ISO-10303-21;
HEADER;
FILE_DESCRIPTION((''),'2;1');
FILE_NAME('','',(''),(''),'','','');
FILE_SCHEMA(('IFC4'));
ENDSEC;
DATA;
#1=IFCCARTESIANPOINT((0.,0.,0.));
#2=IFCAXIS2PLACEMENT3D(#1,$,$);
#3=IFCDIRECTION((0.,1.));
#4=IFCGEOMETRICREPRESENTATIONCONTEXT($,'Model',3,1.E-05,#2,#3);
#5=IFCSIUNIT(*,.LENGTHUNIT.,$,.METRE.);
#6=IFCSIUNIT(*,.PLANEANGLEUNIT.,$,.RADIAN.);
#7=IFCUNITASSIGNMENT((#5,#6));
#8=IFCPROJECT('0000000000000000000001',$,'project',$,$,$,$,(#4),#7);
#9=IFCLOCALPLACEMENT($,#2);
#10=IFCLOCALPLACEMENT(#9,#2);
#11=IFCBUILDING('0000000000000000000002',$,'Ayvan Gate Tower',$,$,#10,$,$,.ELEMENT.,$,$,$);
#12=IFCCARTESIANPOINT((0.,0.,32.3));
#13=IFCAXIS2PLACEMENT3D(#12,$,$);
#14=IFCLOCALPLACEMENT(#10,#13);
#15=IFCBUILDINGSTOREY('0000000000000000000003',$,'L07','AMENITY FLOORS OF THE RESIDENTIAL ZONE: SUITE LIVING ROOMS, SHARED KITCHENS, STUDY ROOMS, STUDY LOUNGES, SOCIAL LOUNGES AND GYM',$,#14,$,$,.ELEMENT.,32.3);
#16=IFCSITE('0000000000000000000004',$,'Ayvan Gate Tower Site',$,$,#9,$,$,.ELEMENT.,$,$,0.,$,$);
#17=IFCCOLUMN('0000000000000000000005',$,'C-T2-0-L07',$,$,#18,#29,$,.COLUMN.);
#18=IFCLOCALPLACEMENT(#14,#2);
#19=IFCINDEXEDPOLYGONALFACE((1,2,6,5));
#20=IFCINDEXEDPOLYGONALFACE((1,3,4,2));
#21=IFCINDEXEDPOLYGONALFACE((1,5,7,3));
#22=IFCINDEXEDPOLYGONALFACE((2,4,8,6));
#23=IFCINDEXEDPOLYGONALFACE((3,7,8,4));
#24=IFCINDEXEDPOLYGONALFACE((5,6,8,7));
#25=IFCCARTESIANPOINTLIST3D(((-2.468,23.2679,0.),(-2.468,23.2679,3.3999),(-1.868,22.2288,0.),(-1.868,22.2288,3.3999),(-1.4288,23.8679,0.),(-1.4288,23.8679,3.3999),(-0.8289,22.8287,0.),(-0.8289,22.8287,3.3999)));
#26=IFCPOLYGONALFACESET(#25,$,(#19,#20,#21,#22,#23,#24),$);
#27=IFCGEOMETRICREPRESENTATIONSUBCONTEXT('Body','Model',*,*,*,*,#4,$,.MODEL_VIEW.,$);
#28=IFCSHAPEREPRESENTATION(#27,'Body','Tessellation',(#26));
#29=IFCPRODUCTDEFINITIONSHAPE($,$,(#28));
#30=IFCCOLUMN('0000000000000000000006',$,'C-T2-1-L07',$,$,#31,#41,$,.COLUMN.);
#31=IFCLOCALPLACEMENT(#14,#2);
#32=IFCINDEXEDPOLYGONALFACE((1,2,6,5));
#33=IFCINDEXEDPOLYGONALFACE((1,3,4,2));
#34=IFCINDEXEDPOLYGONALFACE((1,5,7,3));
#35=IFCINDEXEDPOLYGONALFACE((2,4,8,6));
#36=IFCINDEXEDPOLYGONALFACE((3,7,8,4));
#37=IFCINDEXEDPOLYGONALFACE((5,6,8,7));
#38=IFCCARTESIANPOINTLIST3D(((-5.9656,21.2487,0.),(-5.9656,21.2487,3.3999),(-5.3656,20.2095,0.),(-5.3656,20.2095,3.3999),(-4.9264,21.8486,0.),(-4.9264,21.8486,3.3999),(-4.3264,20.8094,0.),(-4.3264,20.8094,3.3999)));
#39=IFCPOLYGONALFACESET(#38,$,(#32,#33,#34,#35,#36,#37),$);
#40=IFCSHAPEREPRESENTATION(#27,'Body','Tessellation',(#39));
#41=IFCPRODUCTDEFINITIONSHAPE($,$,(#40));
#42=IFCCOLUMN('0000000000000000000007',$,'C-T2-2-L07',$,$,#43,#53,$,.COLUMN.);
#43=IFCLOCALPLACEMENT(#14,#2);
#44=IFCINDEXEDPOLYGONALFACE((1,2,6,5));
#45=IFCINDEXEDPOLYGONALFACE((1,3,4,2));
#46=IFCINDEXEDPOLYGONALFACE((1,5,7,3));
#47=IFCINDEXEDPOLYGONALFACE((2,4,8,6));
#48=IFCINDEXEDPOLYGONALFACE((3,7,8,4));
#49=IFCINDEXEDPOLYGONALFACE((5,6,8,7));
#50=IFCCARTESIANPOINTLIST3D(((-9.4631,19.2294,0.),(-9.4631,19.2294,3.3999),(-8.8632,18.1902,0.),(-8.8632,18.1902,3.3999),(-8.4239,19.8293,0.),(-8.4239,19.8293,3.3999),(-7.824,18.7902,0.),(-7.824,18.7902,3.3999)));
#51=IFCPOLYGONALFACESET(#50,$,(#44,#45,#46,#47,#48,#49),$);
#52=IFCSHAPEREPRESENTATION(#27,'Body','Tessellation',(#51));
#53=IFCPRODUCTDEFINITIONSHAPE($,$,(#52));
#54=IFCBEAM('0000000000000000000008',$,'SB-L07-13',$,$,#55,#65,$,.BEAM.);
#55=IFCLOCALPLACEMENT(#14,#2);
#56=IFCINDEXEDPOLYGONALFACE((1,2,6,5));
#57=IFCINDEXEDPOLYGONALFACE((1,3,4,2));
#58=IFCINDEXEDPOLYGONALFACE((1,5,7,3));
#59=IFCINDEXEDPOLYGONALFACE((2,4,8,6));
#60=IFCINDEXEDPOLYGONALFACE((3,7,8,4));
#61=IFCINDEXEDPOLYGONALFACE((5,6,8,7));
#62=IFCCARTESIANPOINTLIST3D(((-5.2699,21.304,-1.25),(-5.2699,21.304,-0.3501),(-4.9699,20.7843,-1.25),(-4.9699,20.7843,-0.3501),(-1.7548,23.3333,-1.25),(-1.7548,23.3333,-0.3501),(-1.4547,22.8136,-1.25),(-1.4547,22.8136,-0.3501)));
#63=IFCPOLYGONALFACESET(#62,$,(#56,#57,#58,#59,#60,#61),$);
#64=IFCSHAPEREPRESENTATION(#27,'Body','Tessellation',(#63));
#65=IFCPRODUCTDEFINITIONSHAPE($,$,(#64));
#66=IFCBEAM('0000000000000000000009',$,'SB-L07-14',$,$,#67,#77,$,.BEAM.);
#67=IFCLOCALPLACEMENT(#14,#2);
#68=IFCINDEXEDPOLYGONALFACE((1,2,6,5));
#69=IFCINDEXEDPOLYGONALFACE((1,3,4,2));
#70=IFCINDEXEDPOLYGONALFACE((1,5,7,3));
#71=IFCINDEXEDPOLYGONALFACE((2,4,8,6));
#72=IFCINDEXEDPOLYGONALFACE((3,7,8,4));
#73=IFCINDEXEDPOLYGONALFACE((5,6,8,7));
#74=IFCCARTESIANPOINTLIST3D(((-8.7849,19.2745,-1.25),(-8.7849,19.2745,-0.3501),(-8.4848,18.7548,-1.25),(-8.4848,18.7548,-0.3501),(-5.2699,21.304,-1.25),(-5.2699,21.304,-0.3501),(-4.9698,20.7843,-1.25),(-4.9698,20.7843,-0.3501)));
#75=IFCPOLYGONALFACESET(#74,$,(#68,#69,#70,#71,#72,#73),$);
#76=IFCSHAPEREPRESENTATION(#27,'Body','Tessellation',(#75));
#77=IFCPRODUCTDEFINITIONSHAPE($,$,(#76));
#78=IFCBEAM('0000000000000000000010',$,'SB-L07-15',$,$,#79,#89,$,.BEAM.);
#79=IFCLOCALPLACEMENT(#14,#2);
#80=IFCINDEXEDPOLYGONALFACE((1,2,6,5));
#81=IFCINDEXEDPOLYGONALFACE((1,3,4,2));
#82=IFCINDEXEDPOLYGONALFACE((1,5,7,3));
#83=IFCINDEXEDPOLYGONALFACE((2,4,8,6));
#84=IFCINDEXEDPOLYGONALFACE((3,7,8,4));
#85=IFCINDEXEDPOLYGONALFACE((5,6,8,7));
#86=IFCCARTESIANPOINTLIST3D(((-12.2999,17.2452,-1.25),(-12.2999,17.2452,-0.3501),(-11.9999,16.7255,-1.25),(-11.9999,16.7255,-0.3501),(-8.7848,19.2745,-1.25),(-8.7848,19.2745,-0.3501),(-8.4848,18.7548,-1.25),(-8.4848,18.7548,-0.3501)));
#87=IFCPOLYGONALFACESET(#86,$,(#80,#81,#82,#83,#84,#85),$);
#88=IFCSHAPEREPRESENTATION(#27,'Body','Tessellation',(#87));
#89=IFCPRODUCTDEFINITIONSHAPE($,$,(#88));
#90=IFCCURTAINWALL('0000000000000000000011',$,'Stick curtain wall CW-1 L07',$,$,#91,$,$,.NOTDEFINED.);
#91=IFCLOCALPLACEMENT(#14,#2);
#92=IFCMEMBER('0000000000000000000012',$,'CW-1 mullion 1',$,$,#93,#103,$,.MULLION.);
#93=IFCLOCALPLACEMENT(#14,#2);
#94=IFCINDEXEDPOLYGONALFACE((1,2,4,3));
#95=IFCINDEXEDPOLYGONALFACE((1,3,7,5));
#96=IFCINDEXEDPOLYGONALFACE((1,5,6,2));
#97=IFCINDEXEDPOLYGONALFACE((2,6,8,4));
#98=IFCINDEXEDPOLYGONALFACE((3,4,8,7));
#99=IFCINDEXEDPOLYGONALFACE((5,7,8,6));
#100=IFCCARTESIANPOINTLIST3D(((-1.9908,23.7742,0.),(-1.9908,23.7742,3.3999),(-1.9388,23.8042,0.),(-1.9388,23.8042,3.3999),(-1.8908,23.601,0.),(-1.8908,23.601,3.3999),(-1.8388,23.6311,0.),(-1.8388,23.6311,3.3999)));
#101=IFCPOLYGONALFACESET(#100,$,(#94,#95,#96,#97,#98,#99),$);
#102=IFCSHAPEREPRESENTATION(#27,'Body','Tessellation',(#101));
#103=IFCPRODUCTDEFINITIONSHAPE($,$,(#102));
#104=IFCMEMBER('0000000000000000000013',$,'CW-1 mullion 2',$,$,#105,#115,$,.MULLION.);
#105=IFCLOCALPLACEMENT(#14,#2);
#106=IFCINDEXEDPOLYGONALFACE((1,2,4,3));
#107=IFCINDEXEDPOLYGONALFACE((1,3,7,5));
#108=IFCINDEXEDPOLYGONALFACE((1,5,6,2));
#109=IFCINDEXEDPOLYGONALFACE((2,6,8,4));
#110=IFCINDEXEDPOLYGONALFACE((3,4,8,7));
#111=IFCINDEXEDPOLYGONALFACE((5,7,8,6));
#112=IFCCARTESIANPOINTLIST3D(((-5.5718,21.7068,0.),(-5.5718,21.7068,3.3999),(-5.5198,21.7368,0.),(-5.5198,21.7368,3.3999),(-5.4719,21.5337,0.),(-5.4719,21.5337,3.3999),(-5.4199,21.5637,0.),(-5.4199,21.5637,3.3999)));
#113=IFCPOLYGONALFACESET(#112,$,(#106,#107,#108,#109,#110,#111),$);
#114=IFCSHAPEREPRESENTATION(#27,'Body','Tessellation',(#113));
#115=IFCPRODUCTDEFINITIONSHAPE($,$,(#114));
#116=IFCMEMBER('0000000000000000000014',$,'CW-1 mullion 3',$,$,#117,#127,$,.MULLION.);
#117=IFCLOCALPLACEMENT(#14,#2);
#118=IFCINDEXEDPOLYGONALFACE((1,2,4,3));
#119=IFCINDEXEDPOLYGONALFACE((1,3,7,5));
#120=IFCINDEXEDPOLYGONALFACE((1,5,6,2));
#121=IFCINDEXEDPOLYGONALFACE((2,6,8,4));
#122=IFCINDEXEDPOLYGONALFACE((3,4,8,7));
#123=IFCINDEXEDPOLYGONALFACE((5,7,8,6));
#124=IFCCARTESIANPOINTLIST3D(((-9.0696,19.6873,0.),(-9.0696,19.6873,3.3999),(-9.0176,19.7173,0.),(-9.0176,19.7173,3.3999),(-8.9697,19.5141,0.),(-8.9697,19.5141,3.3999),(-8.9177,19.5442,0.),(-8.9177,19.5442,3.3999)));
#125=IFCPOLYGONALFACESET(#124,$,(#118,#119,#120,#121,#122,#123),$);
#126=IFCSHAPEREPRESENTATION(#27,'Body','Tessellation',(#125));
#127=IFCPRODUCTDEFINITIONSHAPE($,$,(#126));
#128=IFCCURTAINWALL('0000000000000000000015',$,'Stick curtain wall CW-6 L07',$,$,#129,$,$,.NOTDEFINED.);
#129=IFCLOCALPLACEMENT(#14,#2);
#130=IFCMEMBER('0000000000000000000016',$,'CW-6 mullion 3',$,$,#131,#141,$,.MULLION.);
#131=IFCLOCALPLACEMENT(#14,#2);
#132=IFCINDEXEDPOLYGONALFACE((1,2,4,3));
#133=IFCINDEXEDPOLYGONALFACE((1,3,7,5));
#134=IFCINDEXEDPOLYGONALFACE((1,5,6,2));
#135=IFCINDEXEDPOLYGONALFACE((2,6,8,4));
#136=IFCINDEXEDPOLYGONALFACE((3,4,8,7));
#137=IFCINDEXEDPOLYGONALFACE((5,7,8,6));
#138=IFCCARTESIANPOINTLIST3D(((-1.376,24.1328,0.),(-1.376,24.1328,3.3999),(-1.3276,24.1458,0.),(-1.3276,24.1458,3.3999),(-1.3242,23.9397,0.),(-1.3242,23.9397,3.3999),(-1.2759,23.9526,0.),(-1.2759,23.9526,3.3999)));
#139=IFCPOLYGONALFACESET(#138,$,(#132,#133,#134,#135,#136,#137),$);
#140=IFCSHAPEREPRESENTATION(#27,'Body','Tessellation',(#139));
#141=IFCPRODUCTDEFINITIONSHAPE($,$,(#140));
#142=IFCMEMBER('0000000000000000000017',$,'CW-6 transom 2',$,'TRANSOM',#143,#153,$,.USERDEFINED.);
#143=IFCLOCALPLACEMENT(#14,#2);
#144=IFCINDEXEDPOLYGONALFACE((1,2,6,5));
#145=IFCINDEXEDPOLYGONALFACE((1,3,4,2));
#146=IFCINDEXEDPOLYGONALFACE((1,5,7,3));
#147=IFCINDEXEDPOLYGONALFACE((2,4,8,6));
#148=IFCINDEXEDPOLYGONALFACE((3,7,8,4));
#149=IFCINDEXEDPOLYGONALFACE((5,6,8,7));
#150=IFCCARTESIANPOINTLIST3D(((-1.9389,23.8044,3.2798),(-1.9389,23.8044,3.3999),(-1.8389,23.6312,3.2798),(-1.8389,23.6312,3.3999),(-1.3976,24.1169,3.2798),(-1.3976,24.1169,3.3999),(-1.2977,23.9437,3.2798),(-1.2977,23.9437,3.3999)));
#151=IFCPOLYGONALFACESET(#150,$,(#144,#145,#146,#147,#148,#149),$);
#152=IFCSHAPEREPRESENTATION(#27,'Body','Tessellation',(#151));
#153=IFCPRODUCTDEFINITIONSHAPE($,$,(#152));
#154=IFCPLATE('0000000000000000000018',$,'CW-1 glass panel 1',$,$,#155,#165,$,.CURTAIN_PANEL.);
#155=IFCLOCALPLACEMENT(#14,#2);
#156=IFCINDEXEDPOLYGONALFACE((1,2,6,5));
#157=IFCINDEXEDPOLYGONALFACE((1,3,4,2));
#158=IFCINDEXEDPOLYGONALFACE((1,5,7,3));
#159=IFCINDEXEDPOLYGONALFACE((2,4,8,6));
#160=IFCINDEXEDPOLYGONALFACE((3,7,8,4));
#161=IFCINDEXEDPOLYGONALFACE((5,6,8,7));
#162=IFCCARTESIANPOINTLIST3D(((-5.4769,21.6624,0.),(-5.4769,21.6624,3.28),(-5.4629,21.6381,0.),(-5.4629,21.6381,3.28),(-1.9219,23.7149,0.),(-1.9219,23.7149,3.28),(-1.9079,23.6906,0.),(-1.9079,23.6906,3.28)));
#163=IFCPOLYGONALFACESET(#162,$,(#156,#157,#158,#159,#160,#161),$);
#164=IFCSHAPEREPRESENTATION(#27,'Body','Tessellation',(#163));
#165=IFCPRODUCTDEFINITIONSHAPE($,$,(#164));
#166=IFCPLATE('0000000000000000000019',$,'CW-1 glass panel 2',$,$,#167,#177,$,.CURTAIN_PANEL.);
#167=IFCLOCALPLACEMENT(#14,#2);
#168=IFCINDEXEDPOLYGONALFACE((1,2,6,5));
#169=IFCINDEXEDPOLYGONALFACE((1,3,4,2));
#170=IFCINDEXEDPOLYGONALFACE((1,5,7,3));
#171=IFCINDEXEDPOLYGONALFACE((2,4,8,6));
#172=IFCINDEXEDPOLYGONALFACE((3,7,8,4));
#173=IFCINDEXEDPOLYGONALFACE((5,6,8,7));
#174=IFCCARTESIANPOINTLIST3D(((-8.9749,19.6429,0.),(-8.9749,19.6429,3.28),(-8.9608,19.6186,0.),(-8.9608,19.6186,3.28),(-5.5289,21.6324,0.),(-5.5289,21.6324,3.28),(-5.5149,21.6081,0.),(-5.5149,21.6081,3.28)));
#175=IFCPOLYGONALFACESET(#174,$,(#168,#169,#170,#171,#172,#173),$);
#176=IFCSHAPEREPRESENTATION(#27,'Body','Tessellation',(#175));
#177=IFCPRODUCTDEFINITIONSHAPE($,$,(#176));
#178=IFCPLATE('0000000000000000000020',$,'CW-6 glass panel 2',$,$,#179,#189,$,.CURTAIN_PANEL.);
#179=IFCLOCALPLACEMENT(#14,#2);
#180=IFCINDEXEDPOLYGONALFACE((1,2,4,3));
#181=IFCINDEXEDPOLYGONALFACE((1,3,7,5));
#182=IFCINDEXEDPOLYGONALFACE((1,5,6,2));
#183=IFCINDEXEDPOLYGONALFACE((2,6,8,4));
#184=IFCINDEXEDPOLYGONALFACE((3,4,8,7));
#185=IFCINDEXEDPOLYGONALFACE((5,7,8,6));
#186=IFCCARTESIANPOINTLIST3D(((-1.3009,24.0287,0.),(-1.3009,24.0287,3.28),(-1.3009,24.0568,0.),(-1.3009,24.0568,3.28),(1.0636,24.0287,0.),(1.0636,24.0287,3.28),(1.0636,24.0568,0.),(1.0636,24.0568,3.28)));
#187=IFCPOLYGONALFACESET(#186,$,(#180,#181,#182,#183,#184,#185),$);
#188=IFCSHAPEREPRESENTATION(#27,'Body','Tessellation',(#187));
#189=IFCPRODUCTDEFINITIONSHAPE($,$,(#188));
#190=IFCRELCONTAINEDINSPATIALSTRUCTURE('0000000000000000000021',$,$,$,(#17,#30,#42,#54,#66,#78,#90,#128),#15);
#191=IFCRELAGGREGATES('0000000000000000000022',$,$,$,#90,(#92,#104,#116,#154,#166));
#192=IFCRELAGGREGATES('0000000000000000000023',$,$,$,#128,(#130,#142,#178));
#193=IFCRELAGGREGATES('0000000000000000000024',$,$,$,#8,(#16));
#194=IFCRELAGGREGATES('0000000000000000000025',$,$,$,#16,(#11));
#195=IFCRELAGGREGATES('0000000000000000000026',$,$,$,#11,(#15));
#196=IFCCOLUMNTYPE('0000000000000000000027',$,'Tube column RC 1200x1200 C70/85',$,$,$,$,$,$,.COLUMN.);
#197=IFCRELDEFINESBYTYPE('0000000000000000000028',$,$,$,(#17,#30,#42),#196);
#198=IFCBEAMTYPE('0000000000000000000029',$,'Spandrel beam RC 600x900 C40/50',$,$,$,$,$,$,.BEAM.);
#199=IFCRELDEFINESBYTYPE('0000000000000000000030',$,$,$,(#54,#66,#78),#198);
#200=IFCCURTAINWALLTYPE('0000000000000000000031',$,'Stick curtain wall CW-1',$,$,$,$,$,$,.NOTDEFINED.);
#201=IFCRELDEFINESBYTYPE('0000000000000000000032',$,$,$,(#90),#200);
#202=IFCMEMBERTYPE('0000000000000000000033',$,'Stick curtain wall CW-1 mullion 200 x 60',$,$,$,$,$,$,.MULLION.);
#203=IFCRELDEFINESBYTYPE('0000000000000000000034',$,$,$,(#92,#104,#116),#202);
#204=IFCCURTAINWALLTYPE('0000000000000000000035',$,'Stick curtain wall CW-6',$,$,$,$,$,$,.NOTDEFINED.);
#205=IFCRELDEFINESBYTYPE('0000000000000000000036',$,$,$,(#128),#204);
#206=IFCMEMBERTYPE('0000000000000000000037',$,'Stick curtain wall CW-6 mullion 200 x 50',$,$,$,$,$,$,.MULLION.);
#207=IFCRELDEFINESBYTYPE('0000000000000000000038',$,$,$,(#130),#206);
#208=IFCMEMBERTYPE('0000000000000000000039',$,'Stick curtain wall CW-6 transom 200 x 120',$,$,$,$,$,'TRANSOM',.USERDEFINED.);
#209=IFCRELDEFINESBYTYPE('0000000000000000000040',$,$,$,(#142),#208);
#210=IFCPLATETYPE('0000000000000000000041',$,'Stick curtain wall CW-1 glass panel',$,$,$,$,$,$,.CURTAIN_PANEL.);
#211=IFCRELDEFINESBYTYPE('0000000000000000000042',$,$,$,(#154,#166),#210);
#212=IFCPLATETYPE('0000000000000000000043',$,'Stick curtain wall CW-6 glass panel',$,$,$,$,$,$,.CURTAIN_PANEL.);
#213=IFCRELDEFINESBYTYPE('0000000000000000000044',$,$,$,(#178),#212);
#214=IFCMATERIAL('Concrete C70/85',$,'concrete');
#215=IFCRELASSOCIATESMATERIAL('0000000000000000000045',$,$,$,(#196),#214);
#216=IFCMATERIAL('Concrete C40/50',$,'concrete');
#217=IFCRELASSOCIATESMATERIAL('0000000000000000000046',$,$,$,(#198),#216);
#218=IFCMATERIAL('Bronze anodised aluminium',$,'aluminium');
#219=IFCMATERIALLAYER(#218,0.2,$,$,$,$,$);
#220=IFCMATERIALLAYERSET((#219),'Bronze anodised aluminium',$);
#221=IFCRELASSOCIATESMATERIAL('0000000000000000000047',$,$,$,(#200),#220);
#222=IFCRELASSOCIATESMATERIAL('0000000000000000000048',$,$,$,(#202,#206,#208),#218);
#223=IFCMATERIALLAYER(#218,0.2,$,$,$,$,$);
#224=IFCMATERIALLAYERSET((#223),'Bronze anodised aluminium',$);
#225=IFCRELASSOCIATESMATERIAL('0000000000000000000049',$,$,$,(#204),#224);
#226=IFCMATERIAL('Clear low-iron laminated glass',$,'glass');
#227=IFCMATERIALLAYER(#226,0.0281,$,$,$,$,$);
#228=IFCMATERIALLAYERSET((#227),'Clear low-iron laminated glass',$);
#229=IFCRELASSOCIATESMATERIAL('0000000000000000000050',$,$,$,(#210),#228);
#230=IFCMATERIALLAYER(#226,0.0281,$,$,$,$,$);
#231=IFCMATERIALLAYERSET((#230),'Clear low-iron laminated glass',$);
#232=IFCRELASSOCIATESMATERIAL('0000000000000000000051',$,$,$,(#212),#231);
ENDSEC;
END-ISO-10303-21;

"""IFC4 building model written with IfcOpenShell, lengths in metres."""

from ifc_helpers import new_model, si_unit, direction, frame, origin, origin_2d, place, context, subcontext, project, spatial, rectangle, extrude, material, layer, layer_set, material_profile, profile_set, type_object, element, aggregate, save


model = new_model("IFC4")

# Units and contexts
model_context = context("Model", 3, precision=1e-05, world=origin(), true_north=direction((0.0, 1.0)))
body_context = subcontext(model_context, "Body", "Model", "MODEL_VIEW")
ifc_project = project(units=[si_unit("LENGTHUNIT", "METRE"), si_unit("PLANEANGLEUNIT", "RADIAN")], contexts=[model_context])

# Site, building, storey
site_placement = place(None, origin())
site = spatial("IfcSite", under=ifc_project, at=site_placement, Name="Ayvan Gate Tower Site", CompositionType="ELEMENT", RefElevation=0.0)
building_placement = place(site_placement, origin())
building = spatial("IfcBuilding", under=site, at=building_placement, Name="Ayvan Gate Tower", CompositionType="ELEMENT")
storey_placement = place(building_placement, frame((0.0, 0.0, 32.3)))
storey = spatial("IfcBuildingStorey", under=building, at=storey_placement, Name="L07", Description="AMENITY FLOORS OF THE RESIDENTIAL ZONE: SUITE LIVING ROOMS, SHARED KITCHENS, STUDY ROOMS, STUDY LOUNGES, SOCIAL LOUNGES AND GYM", CompositionType="ELEMENT", Elevation=32.3)

# Columns
ifc_material_1 = material(Name="Concrete C70/85", Category="concrete")
ifc_material_profile_1 = material_profile(ifc_material_1, rectangle(XDim=1.2, YDim=1.2, at=origin_2d()), Name="RC 1200x1200")
ifc_profile_set_1 = profile_set([ifc_material_profile_1], Name="Concrete C70/85")
column_type = type_object("IfcColumnType", Name="Tube column RC 1200x1200 C70/85", PredefinedType="COLUMN", material=ifc_profile_set_1)
for number, where, z_axis, x_axis, name in (
    (1, (-1.6484, 23.0483, 0.0), (0.0, 0.0, 1.0), (-0.5, 0.866025, 0.0), "C-T2-0-L07"),
    (2, (-5.146, 21.0291, 0.0), (0.0, 0.0, 1.0), (-0.5, 0.866025, 0.0), "C-T2-1-L07"),
    (3, (-8.6436, 19.0098, 0.0), (0.0, 0.0, 1.0), (-0.5, 0.866025, 0.0), "C-T2-2-L07"),
):
    element("IfcColumn", number, at=place(storey_placement, frame(where, z_axis=z_axis, x_axis=x_axis)), inside=storey, type_object=column_type, Name=name, PredefinedType="COLUMN", context=body_context, shape_type="SweptSolid", body=[
        extrude(rectangle(XDim=1.2, YDim=1.2, at=origin_2d()), origin(), (0.0, 0.0, 1.0), 3.3999),
    ])

# Beams
ifc_material_2 = material(Name="Concrete C40/50", Category="concrete")
ifc_material_profile_2 = material_profile(ifc_material_2, rectangle(XDim=0.6001, YDim=0.8999, at=origin_2d()), Name="RC 600x900")
ifc_profile_set_2 = profile_set([ifc_material_profile_2], Name="Concrete C40/50")
beam_type = type_object("IfcBeamType", Name="Spandrel beam RC 600x900 C40/50", PredefinedType="BEAM", material=ifc_profile_set_2)
for number, where, z_axis, x_axis, name in (
    (4, (-1.6047, 23.0735, -0.8), (-0.866043, -0.499969, 0.0), (0.499969, -0.866043, 0.0), "SB-L07-13"),
    (5, (-5.1199, 21.0442, -0.8), (-0.866002, -0.50004, 0.0), (0.50004, -0.866002, 0.0), "SB-L07-14"),
    (6, (-8.6348, 19.0146, -0.8), (-0.866043, -0.499969, 0.0), (0.499969, -0.866043, 0.0), "SB-L07-15"),
):
    element("IfcBeam", number, at=place(storey_placement, frame(where, z_axis=z_axis, x_axis=x_axis)), inside=storey, type_object=beam_type, Name=name, PredefinedType="BEAM", context=body_context, shape_type="SweptSolid", body=[
        extrude(rectangle(XDim=0.6001, YDim=0.8999, at=origin_2d()), origin(), (0.0, 0.0, 1.0), 4.0588),
    ])

# Curtain walls, members
ifc_material_3 = material(Name="Bronze anodised aluminium", Category="aluminium")
ifc_layer_1 = layer(ifc_material_3, 0.2)
ifc_layer_set_1 = layer_set([ifc_layer_1], Name="Bronze anodised aluminium")
curtain_wall_type_1 = type_object("IfcCurtainWallType", Name="Stick curtain wall CW-1", PredefinedType="NOTDEFINED", material=ifc_layer_set_1)
curtain_wall_1_placement = place(storey_placement, origin())
curtain_wall_1 = element("IfcCurtainWall", 7, at=curtain_wall_1_placement, inside=storey, type_object=curtain_wall_type_1, Name="Stick curtain wall CW-1 L07", PredefinedType="NOTDEFINED")
ifc_material_profile_3 = material_profile(ifc_material_3, rectangle(XDim=0.2, YDim=0.0601, at=origin_2d()), Name="Stick curtain wall CW-1 mullion 200 x 60")
ifc_profile_set_3 = profile_set([ifc_material_profile_3], Name="Bronze anodised aluminium")
member_type_1 = type_object("IfcMemberType", Name="Stick curtain wall CW-1 mullion 200 x 60", PredefinedType="MULLION", material=ifc_profile_set_3)
member_1_placement = place(storey_placement, frame((-1.9148, 23.7026, 0.0), z_axis=(0.0, 0.0, 1.0), x_axis=(-0.5, 0.866025, 0.0)))
member_1 = element("IfcMember", 8, at=member_1_placement, type_object=member_type_1, Name="CW-1 mullion 1", PredefinedType="MULLION", context=body_context, shape_type="SweptSolid", body=[
    extrude(rectangle(XDim=0.2, YDim=0.0601, at=origin_2d()), origin(), (0.0, 0.0, 1.0), 3.3999),
])
member_2_placement = place(storey_placement, frame((-5.4958, 21.6353, 0.0), z_axis=(0.0, 0.0, 1.0), x_axis=(-0.5, 0.866025, 0.0)))
member_2 = element("IfcMember", 9, at=member_2_placement, type_object=member_type_1, Name="CW-1 mullion 2", PredefinedType="MULLION", context=body_context, shape_type="SweptSolid", body=[
    extrude(rectangle(XDim=0.2, YDim=0.0601, at=origin_2d()), origin(), (0.0, 0.0, 1.0), 3.3999),
])
member_3_placement = place(storey_placement, frame((-8.9937, 19.6157, 0.0), z_axis=(0.0, 0.0, 1.0), x_axis=(-0.5, 0.866025, 0.0)))
member_3 = element("IfcMember", 10, at=member_3_placement, type_object=member_type_1, Name="CW-1 mullion 3", PredefinedType="MULLION", context=body_context, shape_type="SweptSolid", body=[
    extrude(rectangle(XDim=0.2, YDim=0.0601, at=origin_2d()), origin(), (0.0, 0.0, 1.0), 3.3999),
])
ifc_layer_2 = layer(ifc_material_3, 0.2)
ifc_layer_set_2 = layer_set([ifc_layer_2], Name="Bronze anodised aluminium")
curtain_wall_type_2 = type_object("IfcCurtainWallType", Name="Stick curtain wall CW-6", PredefinedType="NOTDEFINED", material=ifc_layer_set_2)
curtain_wall_2_placement = place(storey_placement, origin())
curtain_wall_2 = element("IfcCurtainWall", 11, at=curtain_wall_2_placement, inside=storey, type_object=curtain_wall_type_2, Name="Stick curtain wall CW-6 L07", PredefinedType="NOTDEFINED")
ifc_material_profile_4 = material_profile(ifc_material_3, rectangle(XDim=0.2, YDim=0.05, at=origin_2d()), Name="Stick curtain wall CW-6 mullion 200 x 50")
ifc_profile_set_4 = profile_set([ifc_material_profile_4], Name="Bronze anodised aluminium")
member_type_2 = type_object("IfcMemberType", Name="Stick curtain wall CW-6 mullion 200 x 50", PredefinedType="MULLION", material=ifc_profile_set_4)
member_4_placement = place(storey_placement, frame((-1.3259, 24.0427, 0.0), z_axis=(0.0, 0.0, 1.0), x_axis=(-0.258819, 0.965926, 0.0)))
member_4 = element("IfcMember", 12, at=member_4_placement, type_object=member_type_2, Name="CW-6 mullion 3", PredefinedType="MULLION", context=body_context, shape_type="SweptSolid", body=[
    extrude(rectangle(XDim=0.2, YDim=0.05, at=origin_2d()), origin(), (0.0, 0.0, 1.0), 3.3999),
])
ifc_material_profile_5 = material_profile(ifc_material_3, rectangle(XDim=0.2, YDim=0.1201, at=origin_2d()), Name="Stick curtain wall CW-6 transom 200 x 120")
ifc_profile_set_5 = profile_set([ifc_material_profile_5], Name="Bronze anodised aluminium")
member_type_3 = type_object("IfcMemberType", Name="Stick curtain wall CW-6 transom 200 x 120", ElementType="TRANSOM", PredefinedType="USERDEFINED", material=ifc_profile_set_5)
member_5_placement = place(storey_placement, frame((-1.3477, 24.0303, 3.3398), z_axis=(-0.866023, -0.500004, 0.0), x_axis=(0.500004, -0.866023, 0.0)))
member_5 = element("IfcMember", 13, at=member_5_placement, type_object=member_type_3, Name="CW-6 transom 2", ObjectType="TRANSOM", PredefinedType="USERDEFINED", context=body_context, shape_type="SweptSolid", body=[
    extrude(rectangle(XDim=0.2, YDim=0.1201, at=origin_2d()), origin(), (0.0, 0.0, 1.0), 0.625),
])

# Plates
ifc_material_4 = material(Name="Clear low-iron laminated glass", Category="glass")
ifc_layer_3 = layer(ifc_material_4, 0.0281)
ifc_layer_set_3 = layer_set([ifc_layer_3], Name="Clear low-iron laminated glass")
plate_type_1 = type_object("IfcPlateType", Name="Stick curtain wall CW-1 glass panel", PredefinedType="CURTAIN_PANEL", material=ifc_layer_set_3)
plate_1_placement = place(storey_placement, frame((-3.6924, 22.6765, 0.0), z_axis=(0.0, 0.0, 1.0), x_axis=(-0.866025, -0.5, 0.0)))
plate_1 = element("IfcPlate", 14, at=plate_1_placement, type_object=plate_type_1, Name="CW-1 glass panel 1", PredefinedType="CURTAIN_PANEL", context=body_context, shape_type="SweptSolid", body=[
    extrude(rectangle(XDim=4.105, YDim=0.0281, at=origin_2d()), origin(), (0.0, 0.0, 1.0), 3.28),
])
plate_2_placement = place(storey_placement, frame((-7.2449, 20.6255, 0.0), z_axis=(0.0, 0.0, 1.0), x_axis=(-0.866025, -0.5, 0.0)))
plate_2 = element("IfcPlate", 15, at=plate_2_placement, type_object=plate_type_1, Name="CW-1 glass panel 2", PredefinedType="CURTAIN_PANEL", context=body_context, shape_type="SweptSolid", body=[
    extrude(rectangle(XDim=3.979, YDim=0.0281, at=origin_2d()), origin(), (0.0, 0.0, 1.0), 3.28),
])
aggregate(curtain_wall_1, [member_1, member_2, member_3, plate_1, plate_2])
ifc_layer_4 = layer(ifc_material_4, 0.0281)
ifc_layer_set_4 = layer_set([ifc_layer_4], Name="Clear low-iron laminated glass")
plate_type_2 = type_object("IfcPlateType", Name="Stick curtain wall CW-6 glass panel", PredefinedType="CURTAIN_PANEL", material=ifc_layer_set_4)
plate_3_placement = place(storey_placement, frame((-0.1187, 24.0427, 0.0), z_axis=(0.0, 0.0, 1.0), x_axis=(-1.0, 0.0, 0.0)))
plate_3 = element("IfcPlate", 16, at=plate_3_placement, type_object=plate_type_2, Name="CW-6 glass panel 2", PredefinedType="CURTAIN_PANEL", context=body_context, shape_type="SweptSolid", body=[
    extrude(rectangle(XDim=2.3645, YDim=0.0281, at=origin_2d()), origin(), (0.0, 0.0, 1.0), 3.28),
])
aggregate(curtain_wall_2, [member_4, member_5, plate_3])

save(model, "model.ifc")
